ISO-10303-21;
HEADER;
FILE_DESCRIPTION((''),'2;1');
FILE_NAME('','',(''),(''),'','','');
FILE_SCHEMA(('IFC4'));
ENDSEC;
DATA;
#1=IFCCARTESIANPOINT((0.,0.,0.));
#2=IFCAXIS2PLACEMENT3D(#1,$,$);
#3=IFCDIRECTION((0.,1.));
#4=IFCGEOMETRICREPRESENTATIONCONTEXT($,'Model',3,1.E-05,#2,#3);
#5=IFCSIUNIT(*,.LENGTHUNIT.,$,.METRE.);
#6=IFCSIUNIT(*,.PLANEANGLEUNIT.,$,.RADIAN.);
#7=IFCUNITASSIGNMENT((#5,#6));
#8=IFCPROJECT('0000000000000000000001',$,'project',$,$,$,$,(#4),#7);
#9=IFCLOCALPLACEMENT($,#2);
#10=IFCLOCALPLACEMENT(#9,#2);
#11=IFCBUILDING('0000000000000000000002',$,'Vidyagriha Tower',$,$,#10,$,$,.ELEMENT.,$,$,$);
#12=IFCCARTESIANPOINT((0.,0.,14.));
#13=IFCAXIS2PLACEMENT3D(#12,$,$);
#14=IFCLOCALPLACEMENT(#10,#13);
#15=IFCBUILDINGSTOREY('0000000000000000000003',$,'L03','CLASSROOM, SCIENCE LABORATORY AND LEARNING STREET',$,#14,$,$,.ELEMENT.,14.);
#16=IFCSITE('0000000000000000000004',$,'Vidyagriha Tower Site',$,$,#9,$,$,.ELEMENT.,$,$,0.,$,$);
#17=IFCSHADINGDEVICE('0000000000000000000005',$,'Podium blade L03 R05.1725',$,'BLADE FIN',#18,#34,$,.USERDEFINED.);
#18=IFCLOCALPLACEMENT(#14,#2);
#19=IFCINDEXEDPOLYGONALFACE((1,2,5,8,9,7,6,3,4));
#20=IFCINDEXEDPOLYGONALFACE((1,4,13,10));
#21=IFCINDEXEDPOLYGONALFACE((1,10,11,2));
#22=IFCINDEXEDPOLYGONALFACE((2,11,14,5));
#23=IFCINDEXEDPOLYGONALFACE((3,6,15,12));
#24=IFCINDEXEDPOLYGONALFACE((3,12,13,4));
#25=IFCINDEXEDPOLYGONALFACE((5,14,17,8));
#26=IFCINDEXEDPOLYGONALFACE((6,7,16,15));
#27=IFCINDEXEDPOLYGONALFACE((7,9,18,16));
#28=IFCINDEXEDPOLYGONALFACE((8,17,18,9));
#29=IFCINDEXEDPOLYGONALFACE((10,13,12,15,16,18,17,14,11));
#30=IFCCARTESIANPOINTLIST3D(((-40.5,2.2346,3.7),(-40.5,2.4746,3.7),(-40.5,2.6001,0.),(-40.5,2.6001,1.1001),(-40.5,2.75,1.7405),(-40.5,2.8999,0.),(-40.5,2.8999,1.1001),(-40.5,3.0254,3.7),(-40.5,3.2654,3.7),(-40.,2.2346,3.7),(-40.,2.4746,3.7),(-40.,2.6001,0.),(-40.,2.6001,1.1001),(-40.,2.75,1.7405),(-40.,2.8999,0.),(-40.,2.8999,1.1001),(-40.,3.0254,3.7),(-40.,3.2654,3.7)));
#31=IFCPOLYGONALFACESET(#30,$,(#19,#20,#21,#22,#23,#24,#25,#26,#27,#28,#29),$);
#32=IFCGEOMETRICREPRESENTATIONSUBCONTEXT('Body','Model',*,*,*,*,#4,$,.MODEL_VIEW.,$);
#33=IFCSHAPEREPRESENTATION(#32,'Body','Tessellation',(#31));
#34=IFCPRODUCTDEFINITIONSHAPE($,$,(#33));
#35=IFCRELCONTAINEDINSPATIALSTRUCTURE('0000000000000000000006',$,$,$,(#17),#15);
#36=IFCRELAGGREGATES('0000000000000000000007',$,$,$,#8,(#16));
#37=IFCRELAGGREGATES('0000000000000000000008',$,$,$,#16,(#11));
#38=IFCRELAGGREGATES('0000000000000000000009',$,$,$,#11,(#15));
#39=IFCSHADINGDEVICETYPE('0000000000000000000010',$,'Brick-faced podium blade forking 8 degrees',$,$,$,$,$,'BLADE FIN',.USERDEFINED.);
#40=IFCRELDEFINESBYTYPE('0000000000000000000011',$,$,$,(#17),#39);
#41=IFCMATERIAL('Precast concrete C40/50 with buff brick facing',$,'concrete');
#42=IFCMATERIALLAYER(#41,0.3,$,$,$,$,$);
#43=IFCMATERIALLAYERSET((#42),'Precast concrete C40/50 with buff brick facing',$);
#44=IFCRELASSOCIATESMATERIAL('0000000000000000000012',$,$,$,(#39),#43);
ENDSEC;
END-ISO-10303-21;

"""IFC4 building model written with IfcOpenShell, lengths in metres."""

from ifc_helpers import new_model, si_unit, direction, frame, origin, place, context, subcontext, project, spatial, polyline, outline, extrude, material, layer, layer_set, type_object, element, save


model = new_model("IFC4")

# Units and contexts
model_context = context("Model", 3, precision=1e-05, world=origin(), true_north=direction((0.0, 1.0)))
body_context = subcontext(model_context, "Body", "Model", "MODEL_VIEW")
ifc_project = project(units=[si_unit("LENGTHUNIT", "METRE"), si_unit("PLANEANGLEUNIT", "RADIAN")], contexts=[model_context])

# Site, building, storey
site_placement = place(None, origin())
site = spatial("IfcSite", under=ifc_project, at=site_placement, Name="Vidyagriha Tower Site", CompositionType="ELEMENT", RefElevation=0.0)
building_placement = place(site_placement, origin())
building = spatial("IfcBuilding", under=site, at=building_placement, Name="Vidyagriha Tower", CompositionType="ELEMENT")
storey_placement = place(building_placement, frame((0.0, 0.0, 14.0)))
storey = spatial("IfcBuildingStorey", under=building, at=storey_placement, Name="L03", Description="CLASSROOM, SCIENCE LABORATORY AND LEARNING STREET", CompositionType="ELEMENT", Elevation=14.0)

# Shading device
ifc_material_1 = material(Name="Precast concrete C40/50 with buff brick facing", Category="concrete")
ifc_layer_1 = layer(ifc_material_1, 0.3)
ifc_layer_set_1 = layer_set([ifc_layer_1], Name="Precast concrete C40/50 with buff brick facing")
shading_device_type_1 = type_object("IfcShadingDeviceType", Name="Brick-faced podium blade forking 8 degrees", ElementType="BLADE FIN", PredefinedType="USERDEFINED", material=ifc_layer_set_1)
for number, where, z_axis, x_axis, name in (
    (1, (-40.25, 3.2654, 0.0), (0.0, 0.0, 1.0), (0.0, -1.0, 0.0), "Podium blade L03 R05.1725"),
):
    element("IfcShadingDevice", number, at=place(storey_placement, frame(where, z_axis=z_axis, x_axis=x_axis)), inside=storey, type_object=shading_device_type_1, Name=name, ObjectType="BLADE FIN", PredefinedType="USERDEFINED", context=body_context, shape_type="SweptSolid", body=[
        extrude(outline(polyline([(0.6653, 0.0), (0.6653, 1.1001), (1.0308, 3.7), (0.7908, 3.7), (0.5154, 1.7405), (0.24, 3.7), (0.0, 3.7), (0.3655, 1.1001), (0.3655, 0.0), (0.6653, 0.0)])), frame((0.0, 0.25, 0.0), z_axis=(0.0, -1.0, 0.0), x_axis=(1.0, 0.0, 0.0)), (0.0, 0.0, 1.0), 0.5),
    ])

save(model, "model.ifc")
